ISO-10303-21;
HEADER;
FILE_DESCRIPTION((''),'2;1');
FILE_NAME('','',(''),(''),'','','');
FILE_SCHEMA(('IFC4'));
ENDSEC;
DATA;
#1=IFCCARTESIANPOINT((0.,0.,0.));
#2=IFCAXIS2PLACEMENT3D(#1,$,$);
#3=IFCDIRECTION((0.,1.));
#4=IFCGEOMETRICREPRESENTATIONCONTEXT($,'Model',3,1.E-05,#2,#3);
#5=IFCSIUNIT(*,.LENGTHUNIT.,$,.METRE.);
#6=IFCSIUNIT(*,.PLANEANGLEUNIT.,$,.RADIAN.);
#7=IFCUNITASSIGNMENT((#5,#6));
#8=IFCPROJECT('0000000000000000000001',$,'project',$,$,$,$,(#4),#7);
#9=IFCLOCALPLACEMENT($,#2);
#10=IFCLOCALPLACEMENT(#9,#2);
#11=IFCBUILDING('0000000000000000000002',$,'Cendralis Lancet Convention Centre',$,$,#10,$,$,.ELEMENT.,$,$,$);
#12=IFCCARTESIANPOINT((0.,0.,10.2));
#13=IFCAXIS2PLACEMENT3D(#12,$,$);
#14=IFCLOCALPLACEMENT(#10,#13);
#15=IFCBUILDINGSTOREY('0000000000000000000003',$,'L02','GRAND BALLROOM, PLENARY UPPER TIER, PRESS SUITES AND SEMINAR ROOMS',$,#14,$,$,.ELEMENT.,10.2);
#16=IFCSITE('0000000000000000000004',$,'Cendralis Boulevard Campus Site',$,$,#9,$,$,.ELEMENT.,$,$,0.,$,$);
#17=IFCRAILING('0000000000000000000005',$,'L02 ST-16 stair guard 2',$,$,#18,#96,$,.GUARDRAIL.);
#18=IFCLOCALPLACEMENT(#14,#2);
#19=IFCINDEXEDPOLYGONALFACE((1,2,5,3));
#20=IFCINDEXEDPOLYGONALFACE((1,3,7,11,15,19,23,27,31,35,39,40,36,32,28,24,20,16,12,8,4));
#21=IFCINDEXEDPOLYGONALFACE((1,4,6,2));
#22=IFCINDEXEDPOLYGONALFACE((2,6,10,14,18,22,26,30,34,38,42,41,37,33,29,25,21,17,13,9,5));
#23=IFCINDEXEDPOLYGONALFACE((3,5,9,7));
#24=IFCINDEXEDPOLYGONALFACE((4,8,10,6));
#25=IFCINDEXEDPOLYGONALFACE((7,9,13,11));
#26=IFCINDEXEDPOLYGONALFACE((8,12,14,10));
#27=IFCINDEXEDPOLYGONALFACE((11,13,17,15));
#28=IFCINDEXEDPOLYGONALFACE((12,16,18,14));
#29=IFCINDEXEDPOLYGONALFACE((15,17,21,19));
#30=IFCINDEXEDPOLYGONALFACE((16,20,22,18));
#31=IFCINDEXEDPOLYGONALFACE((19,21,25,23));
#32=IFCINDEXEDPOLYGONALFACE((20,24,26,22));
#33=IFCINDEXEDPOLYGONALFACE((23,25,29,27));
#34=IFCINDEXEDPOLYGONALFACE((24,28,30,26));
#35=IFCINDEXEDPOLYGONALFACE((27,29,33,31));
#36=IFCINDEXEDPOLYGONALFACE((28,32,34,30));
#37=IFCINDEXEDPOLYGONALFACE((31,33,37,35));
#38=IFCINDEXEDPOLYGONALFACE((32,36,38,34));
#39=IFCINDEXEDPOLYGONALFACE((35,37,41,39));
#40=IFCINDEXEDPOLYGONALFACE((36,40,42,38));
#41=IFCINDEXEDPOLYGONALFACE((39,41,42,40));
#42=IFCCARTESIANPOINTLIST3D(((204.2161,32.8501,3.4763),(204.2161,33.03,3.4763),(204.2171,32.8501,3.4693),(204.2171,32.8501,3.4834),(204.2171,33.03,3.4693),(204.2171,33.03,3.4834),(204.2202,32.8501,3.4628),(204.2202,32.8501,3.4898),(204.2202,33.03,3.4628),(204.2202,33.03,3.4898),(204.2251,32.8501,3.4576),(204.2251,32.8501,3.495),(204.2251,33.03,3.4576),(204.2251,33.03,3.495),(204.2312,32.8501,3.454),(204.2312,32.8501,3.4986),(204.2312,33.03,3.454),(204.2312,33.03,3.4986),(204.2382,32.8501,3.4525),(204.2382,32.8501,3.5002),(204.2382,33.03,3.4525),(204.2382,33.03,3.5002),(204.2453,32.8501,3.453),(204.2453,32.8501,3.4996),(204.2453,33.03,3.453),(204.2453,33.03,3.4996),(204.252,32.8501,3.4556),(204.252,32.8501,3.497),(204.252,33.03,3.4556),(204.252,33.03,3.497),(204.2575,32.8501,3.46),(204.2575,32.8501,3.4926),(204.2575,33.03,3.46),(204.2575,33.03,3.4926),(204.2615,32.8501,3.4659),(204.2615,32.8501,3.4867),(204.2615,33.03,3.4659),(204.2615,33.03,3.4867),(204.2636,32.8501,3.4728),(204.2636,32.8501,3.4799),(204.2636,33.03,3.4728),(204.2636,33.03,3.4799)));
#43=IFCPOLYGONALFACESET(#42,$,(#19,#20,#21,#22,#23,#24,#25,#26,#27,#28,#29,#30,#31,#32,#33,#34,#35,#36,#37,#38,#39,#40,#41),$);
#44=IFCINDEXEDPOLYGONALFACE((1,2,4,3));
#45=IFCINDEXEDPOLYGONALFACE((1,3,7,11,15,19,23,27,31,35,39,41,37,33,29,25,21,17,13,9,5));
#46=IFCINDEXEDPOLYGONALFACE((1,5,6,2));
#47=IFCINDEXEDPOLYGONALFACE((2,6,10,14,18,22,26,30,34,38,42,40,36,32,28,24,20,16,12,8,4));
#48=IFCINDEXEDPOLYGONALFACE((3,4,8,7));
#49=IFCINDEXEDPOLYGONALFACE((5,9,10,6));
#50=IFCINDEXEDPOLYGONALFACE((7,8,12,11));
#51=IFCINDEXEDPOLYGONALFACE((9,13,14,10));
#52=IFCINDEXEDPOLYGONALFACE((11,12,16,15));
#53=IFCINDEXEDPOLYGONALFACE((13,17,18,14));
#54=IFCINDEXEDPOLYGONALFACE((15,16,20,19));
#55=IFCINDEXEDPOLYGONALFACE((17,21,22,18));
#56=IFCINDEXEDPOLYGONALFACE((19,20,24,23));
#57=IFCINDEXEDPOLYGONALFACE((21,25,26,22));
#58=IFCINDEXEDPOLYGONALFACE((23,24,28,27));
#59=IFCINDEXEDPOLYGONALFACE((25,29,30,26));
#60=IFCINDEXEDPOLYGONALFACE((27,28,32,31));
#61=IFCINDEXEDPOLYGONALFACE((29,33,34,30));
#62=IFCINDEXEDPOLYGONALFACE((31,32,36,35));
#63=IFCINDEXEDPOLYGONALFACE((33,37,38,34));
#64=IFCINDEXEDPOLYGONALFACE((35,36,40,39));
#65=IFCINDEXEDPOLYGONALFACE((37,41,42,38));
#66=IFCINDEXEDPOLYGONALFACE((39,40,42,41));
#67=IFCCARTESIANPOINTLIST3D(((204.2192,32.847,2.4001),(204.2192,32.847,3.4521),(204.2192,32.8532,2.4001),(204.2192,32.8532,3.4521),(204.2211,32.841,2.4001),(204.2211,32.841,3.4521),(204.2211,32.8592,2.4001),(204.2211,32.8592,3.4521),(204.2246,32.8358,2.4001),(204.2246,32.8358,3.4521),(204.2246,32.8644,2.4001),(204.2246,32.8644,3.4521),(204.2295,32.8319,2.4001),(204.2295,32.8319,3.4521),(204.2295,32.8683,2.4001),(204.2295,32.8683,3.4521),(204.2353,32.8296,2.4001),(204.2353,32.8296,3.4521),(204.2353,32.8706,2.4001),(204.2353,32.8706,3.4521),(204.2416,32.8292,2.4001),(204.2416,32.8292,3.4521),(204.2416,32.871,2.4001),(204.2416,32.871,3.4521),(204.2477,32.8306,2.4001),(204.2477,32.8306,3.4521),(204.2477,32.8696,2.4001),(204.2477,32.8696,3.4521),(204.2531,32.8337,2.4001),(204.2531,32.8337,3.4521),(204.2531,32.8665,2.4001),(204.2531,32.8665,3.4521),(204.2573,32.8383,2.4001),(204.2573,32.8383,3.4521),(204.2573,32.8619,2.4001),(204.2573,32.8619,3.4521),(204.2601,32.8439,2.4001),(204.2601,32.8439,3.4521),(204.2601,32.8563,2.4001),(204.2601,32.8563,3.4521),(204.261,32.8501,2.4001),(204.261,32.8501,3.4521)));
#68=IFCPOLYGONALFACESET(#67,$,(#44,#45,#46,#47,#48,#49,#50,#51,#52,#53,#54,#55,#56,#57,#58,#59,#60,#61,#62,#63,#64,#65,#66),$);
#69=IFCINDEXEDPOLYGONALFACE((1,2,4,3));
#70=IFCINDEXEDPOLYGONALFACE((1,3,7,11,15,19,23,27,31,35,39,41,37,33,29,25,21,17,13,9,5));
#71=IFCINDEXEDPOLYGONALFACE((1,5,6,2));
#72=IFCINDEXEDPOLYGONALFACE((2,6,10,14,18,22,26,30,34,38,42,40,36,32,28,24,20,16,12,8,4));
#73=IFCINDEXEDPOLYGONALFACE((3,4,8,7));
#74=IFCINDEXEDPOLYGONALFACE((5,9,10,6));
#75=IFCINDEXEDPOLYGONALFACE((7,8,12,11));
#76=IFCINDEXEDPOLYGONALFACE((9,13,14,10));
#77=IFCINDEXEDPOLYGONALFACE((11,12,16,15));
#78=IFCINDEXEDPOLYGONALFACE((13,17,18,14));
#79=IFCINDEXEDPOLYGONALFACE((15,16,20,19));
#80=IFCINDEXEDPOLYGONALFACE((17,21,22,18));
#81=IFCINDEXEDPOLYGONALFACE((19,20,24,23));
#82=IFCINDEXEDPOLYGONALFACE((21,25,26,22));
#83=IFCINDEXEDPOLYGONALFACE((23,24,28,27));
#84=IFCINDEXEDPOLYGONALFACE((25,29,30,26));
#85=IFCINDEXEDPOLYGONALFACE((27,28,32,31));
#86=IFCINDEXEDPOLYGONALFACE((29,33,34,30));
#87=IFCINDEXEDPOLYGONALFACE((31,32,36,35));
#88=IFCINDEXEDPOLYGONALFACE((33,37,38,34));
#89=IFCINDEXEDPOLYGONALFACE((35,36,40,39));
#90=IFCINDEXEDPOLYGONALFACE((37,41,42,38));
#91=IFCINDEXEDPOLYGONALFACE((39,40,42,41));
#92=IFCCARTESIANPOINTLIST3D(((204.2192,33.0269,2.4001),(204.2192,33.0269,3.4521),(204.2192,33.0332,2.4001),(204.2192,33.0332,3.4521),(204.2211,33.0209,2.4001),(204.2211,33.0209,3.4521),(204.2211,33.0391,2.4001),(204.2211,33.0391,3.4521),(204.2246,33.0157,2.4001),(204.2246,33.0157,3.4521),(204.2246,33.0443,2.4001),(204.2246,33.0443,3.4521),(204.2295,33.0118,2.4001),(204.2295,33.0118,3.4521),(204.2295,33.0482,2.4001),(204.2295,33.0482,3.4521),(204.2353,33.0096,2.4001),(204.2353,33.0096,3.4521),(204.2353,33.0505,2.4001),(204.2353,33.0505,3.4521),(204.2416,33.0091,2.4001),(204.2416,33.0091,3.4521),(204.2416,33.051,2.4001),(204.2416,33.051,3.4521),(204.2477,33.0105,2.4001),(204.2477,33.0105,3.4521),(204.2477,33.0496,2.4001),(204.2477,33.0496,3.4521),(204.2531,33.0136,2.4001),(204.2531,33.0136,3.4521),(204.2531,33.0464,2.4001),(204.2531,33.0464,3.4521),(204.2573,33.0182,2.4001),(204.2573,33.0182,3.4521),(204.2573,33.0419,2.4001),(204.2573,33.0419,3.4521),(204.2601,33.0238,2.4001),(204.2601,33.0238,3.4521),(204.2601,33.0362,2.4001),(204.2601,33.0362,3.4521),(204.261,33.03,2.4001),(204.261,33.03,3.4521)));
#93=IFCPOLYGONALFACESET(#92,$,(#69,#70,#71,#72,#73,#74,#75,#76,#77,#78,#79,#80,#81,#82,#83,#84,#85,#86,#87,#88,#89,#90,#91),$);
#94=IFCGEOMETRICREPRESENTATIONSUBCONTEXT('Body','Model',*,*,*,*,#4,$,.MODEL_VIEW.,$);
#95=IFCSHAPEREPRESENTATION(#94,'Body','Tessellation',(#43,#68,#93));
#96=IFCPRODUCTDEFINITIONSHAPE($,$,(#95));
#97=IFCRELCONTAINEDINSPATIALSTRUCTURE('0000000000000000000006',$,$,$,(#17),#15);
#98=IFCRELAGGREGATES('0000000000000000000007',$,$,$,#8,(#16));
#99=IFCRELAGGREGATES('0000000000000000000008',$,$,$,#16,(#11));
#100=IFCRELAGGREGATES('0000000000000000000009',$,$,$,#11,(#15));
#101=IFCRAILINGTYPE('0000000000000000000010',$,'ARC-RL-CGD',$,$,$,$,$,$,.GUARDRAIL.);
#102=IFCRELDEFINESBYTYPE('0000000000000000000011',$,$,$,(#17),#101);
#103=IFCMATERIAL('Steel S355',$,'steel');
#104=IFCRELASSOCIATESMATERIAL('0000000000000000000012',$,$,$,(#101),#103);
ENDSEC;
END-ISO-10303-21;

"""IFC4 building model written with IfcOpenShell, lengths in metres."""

from ifc_helpers import new_model, si_unit, direction, frame, origin, origin_2d, place, context, subcontext, project, spatial, circle, extrude, material, type_object, element, save


model = new_model("IFC4")

# Units and contexts
model_context = context("Model", 3, precision=1e-05, world=origin(), true_north=direction((0.0, 1.0)))
body_context = subcontext(model_context, "Body", "Model", "MODEL_VIEW")
ifc_project = project(units=[si_unit("LENGTHUNIT", "METRE"), si_unit("PLANEANGLEUNIT", "RADIAN")], contexts=[model_context])

# Site, building, storey
site_placement = place(None, origin())
site = spatial("IfcSite", under=ifc_project, at=site_placement, Name="Cendralis Boulevard Campus Site", CompositionType="ELEMENT", RefElevation=0.0)
building_placement = place(site_placement, origin())
building = spatial("IfcBuilding", under=site, at=building_placement, Name="Cendralis Lancet Convention Centre", CompositionType="ELEMENT")
storey_placement = place(building_placement, frame((0.0, 0.0, 10.2)))
storey = spatial("IfcBuildingStorey", under=building, at=storey_placement, Name="L02", Description="GRAND BALLROOM, PLENARY UPPER TIER, PRESS SUITES AND SEMINAR ROOMS", CompositionType="ELEMENT", Elevation=10.2)

# Shared definitions
ifc_material_1 = material(Name="Steel S355", Category="steel")

# Railing
railing_type_1 = type_object("IfcRailingType", Name="ARC-RL-CGD", PredefinedType="GUARDRAIL", material=ifc_material_1)
railing_1_placement = place(storey_placement, frame((204.24, 32.8501, 2.4001)))
element("IfcRailing", 1, at=railing_1_placement, inside=storey, type_object=railing_type_1, Name="L02 ST-16 stair guard 2", PredefinedType="GUARDRAIL", context=body_context, shape_type="SweptSolid", body=[
    extrude(circle(Radius=0.0239, at=origin_2d()), frame((0.0, 0.0, 1.0762), z_axis=(0.0, 1.0, 0.0), x_axis=(-1.0, 0.0, 0.0)), (0.0, 0.0, 1.0), 0.1799),
    extrude(circle(Radius=0.021, at=origin_2d()), origin(), (0.0, 0.0, 1.0), 1.052),
    extrude(circle(Radius=0.021, at=origin_2d()), frame((0.0, 0.1799, 0.0)), (0.0, 0.0, 1.0), 1.052),
])

save(model, "model.ifc")
